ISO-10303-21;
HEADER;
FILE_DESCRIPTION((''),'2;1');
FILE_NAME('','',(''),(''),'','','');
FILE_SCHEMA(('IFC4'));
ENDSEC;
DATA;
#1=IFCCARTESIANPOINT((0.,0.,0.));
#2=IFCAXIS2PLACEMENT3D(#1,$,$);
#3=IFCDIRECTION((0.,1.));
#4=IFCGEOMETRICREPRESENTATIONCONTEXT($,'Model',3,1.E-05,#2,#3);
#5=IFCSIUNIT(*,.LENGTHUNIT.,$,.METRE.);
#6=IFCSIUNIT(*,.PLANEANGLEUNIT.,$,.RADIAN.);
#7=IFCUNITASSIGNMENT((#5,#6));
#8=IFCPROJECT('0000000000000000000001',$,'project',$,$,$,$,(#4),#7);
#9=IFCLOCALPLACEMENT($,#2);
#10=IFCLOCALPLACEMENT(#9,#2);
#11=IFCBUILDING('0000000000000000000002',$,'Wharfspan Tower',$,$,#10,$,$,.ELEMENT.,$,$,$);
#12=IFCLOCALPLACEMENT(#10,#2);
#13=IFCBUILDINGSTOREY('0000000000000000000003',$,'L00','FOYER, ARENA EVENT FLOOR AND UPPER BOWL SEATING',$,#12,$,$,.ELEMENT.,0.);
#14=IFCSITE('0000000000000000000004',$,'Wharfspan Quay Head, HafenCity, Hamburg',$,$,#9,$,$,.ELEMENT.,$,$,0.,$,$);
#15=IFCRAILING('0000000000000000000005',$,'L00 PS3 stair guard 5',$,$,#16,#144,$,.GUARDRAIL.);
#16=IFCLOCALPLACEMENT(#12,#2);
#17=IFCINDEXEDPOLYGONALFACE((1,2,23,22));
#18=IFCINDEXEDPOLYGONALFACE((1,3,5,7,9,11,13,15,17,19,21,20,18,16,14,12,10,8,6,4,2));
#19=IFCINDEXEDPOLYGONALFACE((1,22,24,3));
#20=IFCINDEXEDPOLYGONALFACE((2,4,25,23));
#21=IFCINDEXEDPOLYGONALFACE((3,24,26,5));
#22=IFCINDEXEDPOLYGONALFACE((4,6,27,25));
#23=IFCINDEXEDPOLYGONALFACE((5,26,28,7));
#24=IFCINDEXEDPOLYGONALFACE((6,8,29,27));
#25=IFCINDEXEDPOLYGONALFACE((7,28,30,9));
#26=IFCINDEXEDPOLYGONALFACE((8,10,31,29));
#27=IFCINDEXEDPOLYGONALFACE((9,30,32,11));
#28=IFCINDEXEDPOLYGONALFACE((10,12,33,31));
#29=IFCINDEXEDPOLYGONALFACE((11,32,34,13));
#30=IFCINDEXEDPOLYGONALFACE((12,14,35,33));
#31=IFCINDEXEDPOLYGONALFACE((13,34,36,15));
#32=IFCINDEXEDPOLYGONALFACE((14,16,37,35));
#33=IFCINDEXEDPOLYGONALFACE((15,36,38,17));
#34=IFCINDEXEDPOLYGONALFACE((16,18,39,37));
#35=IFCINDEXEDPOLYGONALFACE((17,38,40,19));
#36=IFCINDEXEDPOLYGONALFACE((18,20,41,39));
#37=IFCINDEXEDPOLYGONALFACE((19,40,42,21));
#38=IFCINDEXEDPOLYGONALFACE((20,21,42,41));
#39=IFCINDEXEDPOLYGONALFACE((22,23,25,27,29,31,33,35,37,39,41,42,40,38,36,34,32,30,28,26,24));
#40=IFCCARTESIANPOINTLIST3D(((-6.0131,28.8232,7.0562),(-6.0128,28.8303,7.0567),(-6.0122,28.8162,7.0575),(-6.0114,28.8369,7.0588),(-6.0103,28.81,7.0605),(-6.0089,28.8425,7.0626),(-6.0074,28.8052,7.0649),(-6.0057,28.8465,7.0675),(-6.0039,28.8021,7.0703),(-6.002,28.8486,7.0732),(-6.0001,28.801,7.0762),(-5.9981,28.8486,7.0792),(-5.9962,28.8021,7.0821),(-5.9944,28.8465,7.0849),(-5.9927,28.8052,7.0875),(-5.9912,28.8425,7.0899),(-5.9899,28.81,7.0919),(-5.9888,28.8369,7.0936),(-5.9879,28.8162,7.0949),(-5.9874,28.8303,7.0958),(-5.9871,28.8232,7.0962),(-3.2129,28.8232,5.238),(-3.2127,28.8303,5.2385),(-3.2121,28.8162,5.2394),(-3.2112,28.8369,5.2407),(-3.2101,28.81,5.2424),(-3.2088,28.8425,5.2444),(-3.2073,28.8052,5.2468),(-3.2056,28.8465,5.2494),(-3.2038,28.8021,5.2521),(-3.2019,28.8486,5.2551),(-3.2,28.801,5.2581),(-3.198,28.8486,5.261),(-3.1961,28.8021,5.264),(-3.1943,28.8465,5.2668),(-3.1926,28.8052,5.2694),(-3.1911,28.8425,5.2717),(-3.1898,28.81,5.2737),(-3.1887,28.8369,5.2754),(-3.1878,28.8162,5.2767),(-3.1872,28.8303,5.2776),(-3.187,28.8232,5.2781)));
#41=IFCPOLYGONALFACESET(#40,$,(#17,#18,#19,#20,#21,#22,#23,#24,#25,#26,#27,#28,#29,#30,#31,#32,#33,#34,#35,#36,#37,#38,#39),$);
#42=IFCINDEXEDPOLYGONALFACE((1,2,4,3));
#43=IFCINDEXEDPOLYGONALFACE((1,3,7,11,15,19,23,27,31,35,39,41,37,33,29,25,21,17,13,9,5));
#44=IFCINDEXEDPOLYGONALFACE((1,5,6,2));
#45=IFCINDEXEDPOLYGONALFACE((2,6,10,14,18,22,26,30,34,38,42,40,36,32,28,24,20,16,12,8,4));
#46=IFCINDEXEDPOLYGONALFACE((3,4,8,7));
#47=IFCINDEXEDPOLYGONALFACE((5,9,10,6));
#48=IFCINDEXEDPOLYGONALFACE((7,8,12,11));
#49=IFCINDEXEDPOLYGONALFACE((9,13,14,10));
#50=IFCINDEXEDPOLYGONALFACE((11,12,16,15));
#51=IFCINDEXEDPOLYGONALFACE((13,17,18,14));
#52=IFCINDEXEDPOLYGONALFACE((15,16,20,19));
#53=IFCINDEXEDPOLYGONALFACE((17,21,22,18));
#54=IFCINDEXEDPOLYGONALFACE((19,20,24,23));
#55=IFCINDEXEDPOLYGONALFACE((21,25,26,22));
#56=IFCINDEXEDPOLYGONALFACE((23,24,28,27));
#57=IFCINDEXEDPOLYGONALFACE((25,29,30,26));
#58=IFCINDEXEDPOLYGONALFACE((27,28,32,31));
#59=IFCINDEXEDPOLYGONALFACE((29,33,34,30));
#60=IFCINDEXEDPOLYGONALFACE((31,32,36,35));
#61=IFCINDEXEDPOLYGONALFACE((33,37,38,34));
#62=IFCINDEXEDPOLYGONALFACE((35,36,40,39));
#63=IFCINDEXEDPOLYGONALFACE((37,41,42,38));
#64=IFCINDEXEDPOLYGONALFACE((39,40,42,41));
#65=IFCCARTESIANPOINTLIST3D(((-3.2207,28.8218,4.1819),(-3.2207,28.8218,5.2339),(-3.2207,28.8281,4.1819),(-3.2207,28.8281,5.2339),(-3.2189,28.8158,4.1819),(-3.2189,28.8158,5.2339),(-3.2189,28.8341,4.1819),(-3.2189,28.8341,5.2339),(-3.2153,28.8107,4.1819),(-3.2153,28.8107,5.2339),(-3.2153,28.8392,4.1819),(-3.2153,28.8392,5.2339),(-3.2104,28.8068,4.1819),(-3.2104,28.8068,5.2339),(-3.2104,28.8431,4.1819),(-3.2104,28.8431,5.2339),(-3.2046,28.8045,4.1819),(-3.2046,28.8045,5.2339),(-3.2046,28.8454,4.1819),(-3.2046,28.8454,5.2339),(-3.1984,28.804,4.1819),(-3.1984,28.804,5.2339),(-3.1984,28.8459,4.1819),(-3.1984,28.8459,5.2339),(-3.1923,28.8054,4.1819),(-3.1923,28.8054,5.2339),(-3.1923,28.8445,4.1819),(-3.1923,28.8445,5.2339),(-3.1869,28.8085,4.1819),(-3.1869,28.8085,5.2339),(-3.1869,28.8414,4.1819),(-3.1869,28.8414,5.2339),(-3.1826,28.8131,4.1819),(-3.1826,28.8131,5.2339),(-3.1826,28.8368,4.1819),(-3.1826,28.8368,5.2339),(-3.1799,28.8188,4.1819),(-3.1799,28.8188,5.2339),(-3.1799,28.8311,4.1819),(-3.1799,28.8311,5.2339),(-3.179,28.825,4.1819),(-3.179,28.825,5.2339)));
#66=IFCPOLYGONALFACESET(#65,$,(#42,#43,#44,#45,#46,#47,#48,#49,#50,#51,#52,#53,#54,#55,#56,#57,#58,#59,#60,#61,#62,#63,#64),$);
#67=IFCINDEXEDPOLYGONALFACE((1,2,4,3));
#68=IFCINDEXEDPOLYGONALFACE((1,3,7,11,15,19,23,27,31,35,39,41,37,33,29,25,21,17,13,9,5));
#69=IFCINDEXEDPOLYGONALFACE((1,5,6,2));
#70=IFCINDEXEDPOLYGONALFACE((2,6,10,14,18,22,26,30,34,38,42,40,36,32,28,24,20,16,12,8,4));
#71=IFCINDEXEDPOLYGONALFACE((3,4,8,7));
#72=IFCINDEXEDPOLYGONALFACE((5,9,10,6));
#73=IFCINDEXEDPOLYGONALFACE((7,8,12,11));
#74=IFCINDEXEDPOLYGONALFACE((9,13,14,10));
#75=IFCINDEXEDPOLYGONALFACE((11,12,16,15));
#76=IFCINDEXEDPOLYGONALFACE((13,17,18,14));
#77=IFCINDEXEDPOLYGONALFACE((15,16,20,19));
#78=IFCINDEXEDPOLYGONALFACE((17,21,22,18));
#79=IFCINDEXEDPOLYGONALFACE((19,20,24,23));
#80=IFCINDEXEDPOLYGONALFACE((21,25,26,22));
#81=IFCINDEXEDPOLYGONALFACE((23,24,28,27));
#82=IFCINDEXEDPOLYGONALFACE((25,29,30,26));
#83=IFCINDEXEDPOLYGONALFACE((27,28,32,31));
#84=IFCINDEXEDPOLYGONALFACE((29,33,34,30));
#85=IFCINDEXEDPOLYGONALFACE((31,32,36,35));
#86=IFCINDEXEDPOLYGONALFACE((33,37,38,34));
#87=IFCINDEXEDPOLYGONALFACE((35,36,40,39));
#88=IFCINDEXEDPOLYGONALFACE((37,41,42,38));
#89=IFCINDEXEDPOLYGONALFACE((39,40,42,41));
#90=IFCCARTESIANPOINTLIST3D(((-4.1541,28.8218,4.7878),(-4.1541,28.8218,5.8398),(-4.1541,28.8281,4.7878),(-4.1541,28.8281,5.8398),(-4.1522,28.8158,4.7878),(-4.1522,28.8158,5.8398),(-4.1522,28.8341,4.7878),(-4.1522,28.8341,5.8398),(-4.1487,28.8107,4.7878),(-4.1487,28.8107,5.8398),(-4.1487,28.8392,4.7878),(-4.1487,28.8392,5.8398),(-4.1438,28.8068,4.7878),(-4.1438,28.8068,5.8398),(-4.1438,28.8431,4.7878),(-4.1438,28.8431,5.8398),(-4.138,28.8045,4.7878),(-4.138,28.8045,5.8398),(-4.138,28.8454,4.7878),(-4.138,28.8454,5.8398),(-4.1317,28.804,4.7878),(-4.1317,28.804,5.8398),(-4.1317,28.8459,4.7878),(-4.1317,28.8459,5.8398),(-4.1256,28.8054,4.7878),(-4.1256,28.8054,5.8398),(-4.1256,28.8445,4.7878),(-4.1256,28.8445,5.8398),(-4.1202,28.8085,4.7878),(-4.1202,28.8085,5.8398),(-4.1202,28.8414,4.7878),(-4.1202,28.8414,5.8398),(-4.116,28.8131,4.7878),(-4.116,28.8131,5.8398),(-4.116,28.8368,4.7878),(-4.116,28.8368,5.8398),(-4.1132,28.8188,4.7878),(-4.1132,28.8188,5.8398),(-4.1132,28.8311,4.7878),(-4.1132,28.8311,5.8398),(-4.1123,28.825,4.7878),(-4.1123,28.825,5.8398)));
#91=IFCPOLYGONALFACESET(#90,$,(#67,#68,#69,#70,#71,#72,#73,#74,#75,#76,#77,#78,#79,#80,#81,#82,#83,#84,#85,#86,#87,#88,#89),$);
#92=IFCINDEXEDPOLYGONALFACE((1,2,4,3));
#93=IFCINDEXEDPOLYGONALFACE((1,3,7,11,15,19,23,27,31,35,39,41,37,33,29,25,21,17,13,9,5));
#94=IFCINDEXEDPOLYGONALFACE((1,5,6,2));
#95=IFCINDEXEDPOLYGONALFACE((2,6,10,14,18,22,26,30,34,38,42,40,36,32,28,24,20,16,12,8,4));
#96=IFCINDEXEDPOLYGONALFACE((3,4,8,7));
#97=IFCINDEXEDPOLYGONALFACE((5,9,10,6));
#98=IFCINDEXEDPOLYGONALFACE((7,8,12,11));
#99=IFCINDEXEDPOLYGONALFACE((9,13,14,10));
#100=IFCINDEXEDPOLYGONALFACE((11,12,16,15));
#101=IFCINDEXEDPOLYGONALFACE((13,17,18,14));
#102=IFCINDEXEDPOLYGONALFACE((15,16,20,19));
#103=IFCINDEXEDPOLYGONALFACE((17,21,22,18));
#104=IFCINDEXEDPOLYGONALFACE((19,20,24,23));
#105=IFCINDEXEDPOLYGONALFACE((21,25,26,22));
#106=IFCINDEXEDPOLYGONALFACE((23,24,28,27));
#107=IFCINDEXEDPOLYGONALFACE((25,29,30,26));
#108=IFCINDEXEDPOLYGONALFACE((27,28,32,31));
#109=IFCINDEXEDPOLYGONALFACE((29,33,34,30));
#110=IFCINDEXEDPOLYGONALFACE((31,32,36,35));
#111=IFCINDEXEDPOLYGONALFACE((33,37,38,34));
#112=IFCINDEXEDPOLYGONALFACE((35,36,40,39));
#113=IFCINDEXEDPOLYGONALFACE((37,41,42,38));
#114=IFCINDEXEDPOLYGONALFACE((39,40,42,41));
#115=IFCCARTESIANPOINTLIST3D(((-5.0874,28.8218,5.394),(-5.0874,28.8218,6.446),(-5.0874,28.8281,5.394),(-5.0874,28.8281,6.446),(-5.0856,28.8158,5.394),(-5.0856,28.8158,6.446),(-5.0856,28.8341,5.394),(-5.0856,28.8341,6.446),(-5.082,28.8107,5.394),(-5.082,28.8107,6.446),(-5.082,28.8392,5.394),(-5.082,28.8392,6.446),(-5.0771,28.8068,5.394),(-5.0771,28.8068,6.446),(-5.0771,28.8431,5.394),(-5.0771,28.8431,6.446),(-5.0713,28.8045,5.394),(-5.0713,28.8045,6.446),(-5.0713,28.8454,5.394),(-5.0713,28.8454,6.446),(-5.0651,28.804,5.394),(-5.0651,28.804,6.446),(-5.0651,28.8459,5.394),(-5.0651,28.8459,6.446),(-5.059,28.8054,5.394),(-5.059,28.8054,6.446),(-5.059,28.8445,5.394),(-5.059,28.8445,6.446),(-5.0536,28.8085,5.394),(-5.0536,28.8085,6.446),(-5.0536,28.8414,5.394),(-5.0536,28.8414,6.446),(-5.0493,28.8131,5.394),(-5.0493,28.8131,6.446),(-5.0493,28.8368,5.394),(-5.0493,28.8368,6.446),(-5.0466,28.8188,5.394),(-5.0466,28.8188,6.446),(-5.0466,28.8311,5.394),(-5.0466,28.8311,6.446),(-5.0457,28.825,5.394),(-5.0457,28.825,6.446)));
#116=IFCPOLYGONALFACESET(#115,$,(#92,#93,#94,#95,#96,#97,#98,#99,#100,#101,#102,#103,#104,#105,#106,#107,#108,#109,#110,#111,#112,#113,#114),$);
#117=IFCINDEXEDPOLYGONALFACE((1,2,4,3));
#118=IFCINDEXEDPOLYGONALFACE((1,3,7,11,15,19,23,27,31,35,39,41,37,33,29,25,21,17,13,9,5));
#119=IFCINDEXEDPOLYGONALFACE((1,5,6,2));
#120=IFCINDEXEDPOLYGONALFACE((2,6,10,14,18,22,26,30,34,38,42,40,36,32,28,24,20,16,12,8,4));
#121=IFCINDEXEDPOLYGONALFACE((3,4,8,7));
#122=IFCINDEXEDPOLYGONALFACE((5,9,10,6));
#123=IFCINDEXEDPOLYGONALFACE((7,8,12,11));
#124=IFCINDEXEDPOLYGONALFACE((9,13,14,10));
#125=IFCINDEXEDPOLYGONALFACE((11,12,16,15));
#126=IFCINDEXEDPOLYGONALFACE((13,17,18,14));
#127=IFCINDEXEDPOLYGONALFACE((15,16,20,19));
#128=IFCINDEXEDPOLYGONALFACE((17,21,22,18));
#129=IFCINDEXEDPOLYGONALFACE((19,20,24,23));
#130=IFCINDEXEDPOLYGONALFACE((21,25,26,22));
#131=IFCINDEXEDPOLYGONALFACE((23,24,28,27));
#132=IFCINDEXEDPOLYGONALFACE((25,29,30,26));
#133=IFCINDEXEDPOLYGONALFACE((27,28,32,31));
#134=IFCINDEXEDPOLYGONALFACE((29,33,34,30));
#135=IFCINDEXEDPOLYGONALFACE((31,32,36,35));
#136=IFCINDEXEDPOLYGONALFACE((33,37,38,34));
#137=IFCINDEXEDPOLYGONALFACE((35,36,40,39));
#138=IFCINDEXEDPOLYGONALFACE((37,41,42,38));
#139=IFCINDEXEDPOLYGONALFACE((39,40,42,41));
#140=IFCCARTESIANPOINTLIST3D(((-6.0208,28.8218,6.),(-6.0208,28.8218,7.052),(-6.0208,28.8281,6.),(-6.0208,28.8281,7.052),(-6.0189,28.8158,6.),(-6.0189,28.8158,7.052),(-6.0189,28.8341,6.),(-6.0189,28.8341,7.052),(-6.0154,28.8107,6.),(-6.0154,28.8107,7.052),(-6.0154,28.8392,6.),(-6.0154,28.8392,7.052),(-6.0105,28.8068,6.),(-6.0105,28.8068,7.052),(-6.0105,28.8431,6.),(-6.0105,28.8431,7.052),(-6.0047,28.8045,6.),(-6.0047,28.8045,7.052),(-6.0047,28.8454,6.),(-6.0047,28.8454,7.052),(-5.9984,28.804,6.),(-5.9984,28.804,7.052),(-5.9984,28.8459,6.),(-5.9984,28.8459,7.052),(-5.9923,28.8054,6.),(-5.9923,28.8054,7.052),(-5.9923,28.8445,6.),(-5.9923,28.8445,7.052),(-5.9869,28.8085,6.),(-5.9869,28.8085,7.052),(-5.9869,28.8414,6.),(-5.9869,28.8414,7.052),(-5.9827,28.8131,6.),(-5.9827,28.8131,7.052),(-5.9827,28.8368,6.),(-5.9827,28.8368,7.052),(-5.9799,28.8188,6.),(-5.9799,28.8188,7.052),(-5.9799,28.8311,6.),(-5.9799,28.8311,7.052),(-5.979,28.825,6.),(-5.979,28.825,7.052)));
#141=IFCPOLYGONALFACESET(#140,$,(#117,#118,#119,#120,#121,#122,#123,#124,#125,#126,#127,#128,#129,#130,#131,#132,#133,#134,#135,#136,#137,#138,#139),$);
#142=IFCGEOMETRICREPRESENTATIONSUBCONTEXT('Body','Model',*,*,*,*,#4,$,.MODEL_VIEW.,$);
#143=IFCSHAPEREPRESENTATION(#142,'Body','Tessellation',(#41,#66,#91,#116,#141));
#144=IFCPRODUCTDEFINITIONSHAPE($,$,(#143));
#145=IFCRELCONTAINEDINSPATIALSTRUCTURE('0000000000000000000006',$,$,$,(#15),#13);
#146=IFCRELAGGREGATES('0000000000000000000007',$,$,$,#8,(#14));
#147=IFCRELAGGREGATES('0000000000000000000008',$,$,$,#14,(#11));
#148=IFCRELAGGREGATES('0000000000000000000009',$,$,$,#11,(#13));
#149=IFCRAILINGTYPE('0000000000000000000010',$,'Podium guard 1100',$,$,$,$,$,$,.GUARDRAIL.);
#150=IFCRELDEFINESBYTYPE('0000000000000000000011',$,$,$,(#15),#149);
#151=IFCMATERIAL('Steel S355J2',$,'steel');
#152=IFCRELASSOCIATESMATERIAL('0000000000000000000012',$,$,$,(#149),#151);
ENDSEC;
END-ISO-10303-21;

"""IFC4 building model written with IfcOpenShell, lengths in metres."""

from ifc_helpers import new_model, si_unit, direction, frame, origin, origin_2d, place, context, subcontext, project, spatial, circle, extrude, material, type_object, element, save


model = new_model("IFC4")

# Units and contexts
model_context = context("Model", 3, precision=1e-05, world=origin(), true_north=direction((0.0, 1.0)))
body_context = subcontext(model_context, "Body", "Model", "MODEL_VIEW")
ifc_project = project(units=[si_unit("LENGTHUNIT", "METRE"), si_unit("PLANEANGLEUNIT", "RADIAN")], contexts=[model_context])

# Site, building, storey
site_placement = place(None, origin())
site = spatial("IfcSite", under=ifc_project, at=site_placement, Name="Wharfspan Quay Head, HafenCity, Hamburg", CompositionType="ELEMENT", RefElevation=0.0)
building_placement = place(site_placement, origin())
building = spatial("IfcBuilding", under=site, at=building_placement, Name="Wharfspan Tower", CompositionType="ELEMENT")
storey_placement = place(building_placement, origin())
storey = spatial("IfcBuildingStorey", under=building, at=storey_placement, Name="L00", Description="FOYER, ARENA EVENT FLOOR AND UPPER BOWL SEATING", CompositionType="ELEMENT", Elevation=0.0)

# Railing
ifc_material_1 = material(Name="Steel S355J2", Category="steel")
railing_type_1 = type_object("IfcRailingType", Name="Podium guard 1100", PredefinedType="GUARDRAIL", material=ifc_material_1)
railing_1_placement = place(storey_placement, frame((-3.2, 28.825, 4.1819)))
element("IfcRailing", 1, at=railing_1_placement, inside=storey, type_object=railing_type_1, Name="L00 PS3 stair guard 5", PredefinedType="GUARDRAIL", context=body_context, shape_type="SweptSolid", body=[
    extrude(circle(Radius=0.0239, at=origin_2d()), frame((0.0, 0.0, 1.0762), z_axis=(-0.838706, 0.0, 0.544585), x_axis=(0.0, -1.0, 0.0)), (0.0, 0.0, 1.0), 3.3386),
    extrude(circle(Radius=0.021, at=origin_2d()), origin(), (0.0, 0.0, 1.0), 1.052),
    extrude(circle(Radius=0.021, at=origin_2d()), frame((-0.9334, 0.0, 0.606)), (0.0, 0.0, 1.0), 1.052),
    extrude(circle(Radius=0.021, at=origin_2d()), frame((-1.8667, 0.0, 1.2122)), (0.0, 0.0, 1.0), 1.052),
    extrude(circle(Radius=0.021, at=origin_2d()), frame((-2.8, 0.0, 1.8181)), (0.0, 0.0, 1.0), 1.052),
])

save(model, "model.ifc")
